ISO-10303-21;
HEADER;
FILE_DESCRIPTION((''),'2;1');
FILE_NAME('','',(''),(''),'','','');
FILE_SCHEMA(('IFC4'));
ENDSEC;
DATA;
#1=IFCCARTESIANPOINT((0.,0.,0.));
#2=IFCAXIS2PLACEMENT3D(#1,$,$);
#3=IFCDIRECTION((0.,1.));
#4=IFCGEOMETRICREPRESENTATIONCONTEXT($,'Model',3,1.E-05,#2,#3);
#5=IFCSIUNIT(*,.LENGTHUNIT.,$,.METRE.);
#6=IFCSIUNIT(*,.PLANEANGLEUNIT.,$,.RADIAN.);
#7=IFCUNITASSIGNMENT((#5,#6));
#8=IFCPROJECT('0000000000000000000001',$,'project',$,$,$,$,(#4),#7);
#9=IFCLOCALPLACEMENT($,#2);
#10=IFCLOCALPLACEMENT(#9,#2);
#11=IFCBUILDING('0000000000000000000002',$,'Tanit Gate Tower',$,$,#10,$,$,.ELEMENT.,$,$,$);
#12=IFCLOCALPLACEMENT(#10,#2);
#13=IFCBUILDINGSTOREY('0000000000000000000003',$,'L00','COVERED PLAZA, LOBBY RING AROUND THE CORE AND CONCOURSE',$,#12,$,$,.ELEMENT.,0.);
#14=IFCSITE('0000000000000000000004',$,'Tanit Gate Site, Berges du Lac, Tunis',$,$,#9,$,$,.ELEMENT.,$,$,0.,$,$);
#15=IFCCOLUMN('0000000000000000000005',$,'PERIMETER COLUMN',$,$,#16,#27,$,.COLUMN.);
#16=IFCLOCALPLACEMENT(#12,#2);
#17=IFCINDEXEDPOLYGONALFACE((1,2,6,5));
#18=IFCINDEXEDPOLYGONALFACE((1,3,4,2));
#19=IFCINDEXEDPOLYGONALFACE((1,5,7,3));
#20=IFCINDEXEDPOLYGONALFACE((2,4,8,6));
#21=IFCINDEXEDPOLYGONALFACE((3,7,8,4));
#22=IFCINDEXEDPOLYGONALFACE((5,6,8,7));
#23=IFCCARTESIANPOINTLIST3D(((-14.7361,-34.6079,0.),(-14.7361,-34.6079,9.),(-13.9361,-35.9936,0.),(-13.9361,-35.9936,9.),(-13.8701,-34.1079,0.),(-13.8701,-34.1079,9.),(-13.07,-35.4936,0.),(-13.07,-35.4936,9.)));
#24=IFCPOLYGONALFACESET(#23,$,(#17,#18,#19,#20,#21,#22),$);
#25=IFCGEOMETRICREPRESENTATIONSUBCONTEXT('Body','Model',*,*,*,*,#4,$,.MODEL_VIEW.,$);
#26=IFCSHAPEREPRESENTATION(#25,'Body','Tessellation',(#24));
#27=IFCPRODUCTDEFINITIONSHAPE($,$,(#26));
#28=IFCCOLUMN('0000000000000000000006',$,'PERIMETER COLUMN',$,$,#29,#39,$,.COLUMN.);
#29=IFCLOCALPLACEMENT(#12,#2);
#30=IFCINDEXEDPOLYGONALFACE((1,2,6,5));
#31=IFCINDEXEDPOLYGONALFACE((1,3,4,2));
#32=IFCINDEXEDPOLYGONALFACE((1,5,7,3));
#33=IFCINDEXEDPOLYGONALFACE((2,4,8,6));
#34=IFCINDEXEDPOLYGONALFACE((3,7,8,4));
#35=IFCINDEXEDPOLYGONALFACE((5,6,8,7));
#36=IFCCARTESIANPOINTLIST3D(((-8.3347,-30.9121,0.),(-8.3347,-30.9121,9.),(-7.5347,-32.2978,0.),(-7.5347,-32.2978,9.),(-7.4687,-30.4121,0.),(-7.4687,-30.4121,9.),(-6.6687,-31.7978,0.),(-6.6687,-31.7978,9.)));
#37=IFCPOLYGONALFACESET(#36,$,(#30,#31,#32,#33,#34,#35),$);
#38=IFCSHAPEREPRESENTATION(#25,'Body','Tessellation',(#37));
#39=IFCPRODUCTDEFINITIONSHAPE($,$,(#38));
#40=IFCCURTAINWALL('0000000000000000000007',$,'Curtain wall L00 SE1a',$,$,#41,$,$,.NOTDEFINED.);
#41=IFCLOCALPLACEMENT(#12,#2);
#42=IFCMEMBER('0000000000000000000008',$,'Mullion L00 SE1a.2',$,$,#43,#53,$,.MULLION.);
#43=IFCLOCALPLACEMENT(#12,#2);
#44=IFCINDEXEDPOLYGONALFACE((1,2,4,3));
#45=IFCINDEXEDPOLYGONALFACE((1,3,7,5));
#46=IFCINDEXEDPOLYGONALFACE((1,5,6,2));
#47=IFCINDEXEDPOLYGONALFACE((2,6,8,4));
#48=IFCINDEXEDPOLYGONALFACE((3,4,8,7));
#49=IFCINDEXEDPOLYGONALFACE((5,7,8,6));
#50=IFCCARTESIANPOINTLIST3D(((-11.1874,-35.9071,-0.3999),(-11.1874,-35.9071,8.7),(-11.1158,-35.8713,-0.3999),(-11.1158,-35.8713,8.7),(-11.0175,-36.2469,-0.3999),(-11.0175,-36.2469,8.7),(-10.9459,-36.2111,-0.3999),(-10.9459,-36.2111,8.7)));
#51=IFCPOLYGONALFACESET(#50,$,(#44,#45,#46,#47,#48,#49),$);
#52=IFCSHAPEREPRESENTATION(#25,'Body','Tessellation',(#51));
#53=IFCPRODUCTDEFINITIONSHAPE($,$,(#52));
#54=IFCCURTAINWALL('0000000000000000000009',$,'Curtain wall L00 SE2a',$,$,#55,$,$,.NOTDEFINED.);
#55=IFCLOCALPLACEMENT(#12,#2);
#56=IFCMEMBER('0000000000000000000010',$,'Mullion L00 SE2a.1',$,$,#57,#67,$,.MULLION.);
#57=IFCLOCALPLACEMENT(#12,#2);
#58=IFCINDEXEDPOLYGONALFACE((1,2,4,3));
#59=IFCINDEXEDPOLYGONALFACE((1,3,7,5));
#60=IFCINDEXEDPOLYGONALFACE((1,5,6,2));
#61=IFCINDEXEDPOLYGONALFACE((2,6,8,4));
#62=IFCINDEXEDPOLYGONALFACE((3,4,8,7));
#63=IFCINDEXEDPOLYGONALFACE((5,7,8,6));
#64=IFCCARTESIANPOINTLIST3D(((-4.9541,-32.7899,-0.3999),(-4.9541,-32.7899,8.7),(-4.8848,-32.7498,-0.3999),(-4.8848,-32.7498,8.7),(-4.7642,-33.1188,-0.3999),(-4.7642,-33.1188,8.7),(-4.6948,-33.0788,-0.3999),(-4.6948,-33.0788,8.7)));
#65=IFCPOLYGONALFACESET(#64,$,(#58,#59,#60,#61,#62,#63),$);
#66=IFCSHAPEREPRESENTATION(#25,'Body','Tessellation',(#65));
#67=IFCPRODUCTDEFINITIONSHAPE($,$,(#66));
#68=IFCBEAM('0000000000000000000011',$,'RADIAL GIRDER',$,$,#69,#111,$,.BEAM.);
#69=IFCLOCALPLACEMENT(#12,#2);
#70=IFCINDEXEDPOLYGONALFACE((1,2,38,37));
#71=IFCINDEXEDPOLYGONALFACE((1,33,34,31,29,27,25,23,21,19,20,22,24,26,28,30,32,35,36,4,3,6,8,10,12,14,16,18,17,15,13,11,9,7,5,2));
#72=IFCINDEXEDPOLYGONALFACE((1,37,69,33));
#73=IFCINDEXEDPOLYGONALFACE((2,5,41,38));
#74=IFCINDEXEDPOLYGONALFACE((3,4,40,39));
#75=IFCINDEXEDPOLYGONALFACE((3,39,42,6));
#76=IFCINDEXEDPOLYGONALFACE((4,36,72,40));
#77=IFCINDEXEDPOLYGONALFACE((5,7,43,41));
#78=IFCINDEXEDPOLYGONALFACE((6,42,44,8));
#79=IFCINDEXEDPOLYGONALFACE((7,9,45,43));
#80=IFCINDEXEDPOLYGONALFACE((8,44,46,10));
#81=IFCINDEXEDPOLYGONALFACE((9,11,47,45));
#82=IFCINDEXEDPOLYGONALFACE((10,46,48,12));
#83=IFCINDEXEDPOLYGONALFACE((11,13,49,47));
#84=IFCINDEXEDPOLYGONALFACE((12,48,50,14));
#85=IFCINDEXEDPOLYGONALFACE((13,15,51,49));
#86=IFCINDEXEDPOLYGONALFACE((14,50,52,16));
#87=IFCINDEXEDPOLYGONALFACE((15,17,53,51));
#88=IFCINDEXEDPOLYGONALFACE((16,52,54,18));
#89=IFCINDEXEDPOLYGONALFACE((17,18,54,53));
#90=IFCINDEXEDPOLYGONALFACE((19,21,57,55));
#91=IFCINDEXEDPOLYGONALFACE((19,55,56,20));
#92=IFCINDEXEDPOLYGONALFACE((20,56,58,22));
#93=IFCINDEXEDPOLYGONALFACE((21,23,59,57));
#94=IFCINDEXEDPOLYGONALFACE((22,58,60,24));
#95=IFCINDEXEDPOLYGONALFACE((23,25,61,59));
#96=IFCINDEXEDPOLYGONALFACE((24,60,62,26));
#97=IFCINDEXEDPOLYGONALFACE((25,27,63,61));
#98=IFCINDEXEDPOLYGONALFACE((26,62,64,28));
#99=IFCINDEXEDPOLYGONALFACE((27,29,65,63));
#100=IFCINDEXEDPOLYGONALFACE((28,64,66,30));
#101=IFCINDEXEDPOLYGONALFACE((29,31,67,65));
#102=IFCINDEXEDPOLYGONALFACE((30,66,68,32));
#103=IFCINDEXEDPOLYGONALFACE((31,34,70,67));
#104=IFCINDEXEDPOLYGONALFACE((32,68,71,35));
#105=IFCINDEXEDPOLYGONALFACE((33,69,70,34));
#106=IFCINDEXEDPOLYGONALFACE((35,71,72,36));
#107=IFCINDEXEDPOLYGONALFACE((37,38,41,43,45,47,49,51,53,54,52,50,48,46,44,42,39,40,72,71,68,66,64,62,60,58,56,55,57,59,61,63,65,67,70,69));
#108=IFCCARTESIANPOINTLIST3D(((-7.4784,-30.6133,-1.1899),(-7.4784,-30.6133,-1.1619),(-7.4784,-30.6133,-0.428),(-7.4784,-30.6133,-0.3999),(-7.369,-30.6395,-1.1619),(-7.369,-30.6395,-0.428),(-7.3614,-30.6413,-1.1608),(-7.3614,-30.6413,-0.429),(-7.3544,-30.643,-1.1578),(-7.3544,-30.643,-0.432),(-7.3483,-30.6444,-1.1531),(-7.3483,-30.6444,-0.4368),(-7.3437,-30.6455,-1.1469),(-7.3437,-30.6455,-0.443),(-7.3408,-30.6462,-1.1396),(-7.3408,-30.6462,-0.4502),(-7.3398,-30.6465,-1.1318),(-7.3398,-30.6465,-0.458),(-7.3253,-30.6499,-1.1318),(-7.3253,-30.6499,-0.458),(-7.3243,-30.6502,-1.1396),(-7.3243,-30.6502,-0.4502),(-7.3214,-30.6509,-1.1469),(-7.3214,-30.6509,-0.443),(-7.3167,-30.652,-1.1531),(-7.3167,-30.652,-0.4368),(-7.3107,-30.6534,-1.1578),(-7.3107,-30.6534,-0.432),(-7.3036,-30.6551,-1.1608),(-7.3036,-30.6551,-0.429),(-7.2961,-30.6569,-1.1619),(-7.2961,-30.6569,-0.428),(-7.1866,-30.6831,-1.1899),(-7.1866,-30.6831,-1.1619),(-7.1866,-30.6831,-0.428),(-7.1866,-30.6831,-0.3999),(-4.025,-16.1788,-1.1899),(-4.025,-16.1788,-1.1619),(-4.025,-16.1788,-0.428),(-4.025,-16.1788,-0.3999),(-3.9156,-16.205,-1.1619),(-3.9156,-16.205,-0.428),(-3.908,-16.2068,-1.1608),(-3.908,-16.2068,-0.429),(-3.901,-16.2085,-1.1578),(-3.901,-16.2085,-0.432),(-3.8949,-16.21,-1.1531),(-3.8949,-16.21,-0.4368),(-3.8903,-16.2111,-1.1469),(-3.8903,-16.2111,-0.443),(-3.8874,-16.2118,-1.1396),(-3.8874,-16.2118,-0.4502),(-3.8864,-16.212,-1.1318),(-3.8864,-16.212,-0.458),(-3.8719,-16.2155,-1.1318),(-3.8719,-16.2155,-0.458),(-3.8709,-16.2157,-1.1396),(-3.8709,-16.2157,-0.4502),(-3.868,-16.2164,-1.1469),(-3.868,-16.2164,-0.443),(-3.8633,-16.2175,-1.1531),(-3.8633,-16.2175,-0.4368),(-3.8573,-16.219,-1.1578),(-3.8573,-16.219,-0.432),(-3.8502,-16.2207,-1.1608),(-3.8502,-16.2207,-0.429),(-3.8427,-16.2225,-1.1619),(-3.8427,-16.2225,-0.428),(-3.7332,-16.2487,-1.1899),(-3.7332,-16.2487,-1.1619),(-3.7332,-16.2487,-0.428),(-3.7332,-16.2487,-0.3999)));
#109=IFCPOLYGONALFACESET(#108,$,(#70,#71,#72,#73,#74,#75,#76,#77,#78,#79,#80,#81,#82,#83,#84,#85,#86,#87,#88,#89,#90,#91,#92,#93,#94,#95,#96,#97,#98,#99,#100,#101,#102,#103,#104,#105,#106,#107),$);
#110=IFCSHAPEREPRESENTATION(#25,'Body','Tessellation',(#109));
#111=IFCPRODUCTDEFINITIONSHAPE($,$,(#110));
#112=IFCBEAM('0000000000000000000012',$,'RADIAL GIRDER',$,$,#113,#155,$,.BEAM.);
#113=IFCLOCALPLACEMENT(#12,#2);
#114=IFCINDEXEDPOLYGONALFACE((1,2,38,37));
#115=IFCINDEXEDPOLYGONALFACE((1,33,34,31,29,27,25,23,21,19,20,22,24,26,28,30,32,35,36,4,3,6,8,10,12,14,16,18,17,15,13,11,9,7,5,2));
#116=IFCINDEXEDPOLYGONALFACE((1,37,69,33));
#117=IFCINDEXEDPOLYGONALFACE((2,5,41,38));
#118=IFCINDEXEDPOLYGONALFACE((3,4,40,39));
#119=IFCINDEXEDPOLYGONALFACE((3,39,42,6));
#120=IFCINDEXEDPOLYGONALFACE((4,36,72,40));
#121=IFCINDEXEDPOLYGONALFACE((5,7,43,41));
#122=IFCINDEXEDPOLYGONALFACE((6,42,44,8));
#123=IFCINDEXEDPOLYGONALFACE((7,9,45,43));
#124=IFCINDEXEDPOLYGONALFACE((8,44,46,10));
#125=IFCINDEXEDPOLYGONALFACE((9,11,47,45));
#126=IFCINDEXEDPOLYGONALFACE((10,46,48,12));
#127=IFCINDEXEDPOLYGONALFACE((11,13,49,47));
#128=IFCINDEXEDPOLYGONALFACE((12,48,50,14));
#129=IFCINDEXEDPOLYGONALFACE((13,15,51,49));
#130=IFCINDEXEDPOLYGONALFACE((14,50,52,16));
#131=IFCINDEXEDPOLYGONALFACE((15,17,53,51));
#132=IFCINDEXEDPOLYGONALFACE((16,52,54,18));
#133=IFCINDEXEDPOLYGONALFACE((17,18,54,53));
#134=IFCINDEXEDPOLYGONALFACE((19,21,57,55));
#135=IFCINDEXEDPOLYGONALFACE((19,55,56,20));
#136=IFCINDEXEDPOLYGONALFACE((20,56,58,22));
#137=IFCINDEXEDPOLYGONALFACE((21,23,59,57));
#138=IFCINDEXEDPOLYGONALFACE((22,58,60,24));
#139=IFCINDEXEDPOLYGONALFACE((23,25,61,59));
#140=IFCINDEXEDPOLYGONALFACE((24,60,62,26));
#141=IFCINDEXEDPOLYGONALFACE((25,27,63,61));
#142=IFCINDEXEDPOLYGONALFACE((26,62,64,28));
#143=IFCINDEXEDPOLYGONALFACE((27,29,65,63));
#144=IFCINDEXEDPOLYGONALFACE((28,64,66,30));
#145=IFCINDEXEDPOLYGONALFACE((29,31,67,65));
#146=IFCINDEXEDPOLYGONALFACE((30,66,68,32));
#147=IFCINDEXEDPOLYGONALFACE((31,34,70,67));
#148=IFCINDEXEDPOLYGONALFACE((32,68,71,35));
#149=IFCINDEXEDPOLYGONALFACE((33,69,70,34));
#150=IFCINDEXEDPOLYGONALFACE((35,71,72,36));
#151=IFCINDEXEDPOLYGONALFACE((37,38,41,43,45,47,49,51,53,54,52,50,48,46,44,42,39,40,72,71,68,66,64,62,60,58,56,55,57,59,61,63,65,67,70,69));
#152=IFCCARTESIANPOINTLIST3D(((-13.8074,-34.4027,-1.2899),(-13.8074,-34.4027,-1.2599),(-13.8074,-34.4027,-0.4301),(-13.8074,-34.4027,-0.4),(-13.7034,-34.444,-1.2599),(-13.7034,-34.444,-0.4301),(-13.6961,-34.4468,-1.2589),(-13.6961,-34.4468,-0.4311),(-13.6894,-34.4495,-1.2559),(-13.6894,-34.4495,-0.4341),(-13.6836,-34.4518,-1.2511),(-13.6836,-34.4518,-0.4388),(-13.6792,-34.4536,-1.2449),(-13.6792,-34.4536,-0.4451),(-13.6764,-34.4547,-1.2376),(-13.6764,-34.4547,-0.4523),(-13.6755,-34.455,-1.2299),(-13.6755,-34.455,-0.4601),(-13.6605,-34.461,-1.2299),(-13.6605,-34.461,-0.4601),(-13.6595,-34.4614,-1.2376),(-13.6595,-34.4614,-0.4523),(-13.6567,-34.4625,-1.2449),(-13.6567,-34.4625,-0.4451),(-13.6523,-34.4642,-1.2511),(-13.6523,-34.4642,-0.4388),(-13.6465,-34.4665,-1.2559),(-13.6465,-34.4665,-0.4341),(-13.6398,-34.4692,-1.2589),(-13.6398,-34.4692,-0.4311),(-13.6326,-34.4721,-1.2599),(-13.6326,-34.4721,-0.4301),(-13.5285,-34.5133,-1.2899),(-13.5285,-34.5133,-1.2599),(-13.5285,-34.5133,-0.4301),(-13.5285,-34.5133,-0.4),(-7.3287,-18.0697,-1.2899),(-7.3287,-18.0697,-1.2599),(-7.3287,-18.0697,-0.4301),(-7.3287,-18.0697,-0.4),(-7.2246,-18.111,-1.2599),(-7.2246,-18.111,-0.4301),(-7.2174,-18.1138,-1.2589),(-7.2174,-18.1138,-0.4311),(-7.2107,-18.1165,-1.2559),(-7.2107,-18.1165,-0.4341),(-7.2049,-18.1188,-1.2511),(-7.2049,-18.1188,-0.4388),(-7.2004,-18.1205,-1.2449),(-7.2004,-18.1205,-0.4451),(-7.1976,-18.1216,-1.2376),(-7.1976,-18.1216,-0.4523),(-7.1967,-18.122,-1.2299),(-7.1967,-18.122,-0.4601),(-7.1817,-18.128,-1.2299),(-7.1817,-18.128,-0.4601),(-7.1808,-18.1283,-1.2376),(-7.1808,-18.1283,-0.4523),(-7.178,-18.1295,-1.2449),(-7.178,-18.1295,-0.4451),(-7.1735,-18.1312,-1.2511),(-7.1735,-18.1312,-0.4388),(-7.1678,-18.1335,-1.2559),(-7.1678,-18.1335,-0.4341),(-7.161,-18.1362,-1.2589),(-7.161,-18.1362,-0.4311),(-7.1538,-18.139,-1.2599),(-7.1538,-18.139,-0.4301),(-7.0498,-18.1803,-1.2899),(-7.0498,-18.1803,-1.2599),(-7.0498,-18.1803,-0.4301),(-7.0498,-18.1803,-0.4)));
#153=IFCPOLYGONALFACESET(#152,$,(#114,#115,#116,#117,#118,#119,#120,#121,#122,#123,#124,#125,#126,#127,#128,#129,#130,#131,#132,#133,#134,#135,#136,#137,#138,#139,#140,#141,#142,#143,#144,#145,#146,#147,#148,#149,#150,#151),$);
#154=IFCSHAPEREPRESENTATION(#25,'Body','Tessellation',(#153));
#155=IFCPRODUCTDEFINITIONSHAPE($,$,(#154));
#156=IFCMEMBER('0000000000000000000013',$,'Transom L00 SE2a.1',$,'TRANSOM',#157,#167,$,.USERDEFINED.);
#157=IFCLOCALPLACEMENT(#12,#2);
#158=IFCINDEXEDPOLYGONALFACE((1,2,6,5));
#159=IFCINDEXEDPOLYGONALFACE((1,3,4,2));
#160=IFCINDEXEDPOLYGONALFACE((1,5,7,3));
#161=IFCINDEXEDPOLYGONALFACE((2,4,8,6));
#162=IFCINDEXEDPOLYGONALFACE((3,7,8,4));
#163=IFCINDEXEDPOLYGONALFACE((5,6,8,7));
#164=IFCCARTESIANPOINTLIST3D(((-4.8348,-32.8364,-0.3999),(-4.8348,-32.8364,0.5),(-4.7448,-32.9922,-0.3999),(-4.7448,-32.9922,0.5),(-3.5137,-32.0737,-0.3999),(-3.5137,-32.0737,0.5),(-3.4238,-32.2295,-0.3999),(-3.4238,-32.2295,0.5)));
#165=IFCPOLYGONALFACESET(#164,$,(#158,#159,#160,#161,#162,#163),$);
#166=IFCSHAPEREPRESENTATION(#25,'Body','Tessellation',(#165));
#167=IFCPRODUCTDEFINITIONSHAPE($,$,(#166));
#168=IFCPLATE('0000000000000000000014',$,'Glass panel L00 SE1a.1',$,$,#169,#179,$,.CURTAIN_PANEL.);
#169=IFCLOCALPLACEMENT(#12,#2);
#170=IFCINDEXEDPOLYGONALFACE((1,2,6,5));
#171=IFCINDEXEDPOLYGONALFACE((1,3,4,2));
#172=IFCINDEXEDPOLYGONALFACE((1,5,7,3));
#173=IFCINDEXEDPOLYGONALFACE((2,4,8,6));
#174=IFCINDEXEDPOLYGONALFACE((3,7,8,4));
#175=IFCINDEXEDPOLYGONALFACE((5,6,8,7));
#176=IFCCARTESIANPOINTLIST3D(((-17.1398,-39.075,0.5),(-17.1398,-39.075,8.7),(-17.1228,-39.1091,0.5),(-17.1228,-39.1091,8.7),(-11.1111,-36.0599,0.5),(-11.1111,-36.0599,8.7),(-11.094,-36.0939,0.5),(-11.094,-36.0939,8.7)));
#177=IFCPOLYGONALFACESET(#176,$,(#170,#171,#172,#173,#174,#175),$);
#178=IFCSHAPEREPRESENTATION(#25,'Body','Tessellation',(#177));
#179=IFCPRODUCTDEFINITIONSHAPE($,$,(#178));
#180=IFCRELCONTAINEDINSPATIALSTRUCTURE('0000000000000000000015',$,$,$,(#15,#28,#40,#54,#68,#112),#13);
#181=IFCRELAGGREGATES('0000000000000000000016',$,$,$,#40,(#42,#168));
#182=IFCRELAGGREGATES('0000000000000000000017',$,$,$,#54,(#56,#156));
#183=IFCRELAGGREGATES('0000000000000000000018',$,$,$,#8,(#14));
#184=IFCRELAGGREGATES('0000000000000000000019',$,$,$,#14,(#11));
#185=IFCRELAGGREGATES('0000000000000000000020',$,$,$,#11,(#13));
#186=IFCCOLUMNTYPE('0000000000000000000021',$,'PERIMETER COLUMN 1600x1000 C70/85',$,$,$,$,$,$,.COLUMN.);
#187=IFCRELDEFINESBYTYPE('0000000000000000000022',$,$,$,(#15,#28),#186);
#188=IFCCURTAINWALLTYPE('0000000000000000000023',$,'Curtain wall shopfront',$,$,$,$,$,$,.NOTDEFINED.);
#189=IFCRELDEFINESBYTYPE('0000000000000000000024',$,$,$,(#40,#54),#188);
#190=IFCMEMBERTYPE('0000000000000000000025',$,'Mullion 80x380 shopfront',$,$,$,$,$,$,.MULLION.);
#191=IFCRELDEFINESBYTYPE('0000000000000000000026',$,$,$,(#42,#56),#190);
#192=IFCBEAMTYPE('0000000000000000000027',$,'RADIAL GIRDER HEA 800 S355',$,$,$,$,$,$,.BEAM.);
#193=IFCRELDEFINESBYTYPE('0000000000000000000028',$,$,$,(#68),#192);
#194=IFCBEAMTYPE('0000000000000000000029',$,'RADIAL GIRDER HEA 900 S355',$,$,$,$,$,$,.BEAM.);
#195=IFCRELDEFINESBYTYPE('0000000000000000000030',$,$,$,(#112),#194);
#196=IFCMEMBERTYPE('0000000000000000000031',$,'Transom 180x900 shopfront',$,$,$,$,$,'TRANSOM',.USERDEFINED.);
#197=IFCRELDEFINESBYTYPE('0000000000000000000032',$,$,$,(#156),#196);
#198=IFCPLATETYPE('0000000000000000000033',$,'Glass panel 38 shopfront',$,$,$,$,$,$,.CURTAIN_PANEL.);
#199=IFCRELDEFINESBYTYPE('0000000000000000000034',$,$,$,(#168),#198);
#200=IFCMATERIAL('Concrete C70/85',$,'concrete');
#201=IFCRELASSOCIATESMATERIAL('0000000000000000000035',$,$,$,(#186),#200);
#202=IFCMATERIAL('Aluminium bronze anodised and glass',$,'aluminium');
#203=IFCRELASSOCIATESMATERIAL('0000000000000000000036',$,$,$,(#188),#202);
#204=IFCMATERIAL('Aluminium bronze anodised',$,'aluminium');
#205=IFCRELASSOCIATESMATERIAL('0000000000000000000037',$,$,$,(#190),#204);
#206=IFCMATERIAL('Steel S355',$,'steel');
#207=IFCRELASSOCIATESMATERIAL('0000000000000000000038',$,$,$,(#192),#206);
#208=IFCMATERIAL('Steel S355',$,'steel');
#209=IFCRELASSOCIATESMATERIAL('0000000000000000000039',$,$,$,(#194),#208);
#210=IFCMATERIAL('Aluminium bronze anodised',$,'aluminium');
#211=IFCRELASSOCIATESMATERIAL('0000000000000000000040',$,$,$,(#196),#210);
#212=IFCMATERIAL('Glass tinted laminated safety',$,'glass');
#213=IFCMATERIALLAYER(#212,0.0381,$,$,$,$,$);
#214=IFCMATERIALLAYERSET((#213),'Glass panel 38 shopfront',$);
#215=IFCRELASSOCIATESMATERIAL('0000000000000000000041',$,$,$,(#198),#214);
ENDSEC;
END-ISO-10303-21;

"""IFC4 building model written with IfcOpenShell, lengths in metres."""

from ifc_helpers import new_model, si_unit, direction, frame, origin, origin_2d, place, context, subcontext, project, spatial, rectangle, i_section, extrude, material, layer, layer_set, material_profile, profile_set, type_object, element, aggregate, save


model = new_model("IFC4")

# Units and contexts
model_context = context("Model", 3, precision=1e-05, world=origin(), true_north=direction((0.0, 1.0)))
body_context = subcontext(model_context, "Body", "Model", "MODEL_VIEW")
ifc_project = project(units=[si_unit("LENGTHUNIT", "METRE"), si_unit("PLANEANGLEUNIT", "RADIAN")], contexts=[model_context])

# Site, building, storey
site_placement = place(None, origin())
site = spatial("IfcSite", under=ifc_project, at=site_placement, Name="Tanit Gate Site, Berges du Lac, Tunis", CompositionType="ELEMENT", RefElevation=0.0)
building_placement = place(site_placement, origin())
building = spatial("IfcBuilding", under=site, at=building_placement, Name="Tanit Gate Tower", CompositionType="ELEMENT")
storey_placement = place(building_placement, origin())
storey = spatial("IfcBuildingStorey", under=building, at=storey_placement, Name="L00", Description="COVERED PLAZA, LOBBY RING AROUND THE CORE AND CONCOURSE", CompositionType="ELEMENT", Elevation=0.0)

# Columns
ifc_material_1 = material(Name="Concrete C70/85", Category="concrete")
ifc_material_profile_1 = material_profile(ifc_material_1, rectangle(XDim=1.6001, YDim=1.0, at=origin_2d()), Name="RC 1600x1000")
ifc_profile_set_1 = profile_set([ifc_material_profile_1], Name="Concrete C70/85")
column_type = type_object("IfcColumnType", Name="PERIMETER COLUMN 1600x1000 C70/85", PredefinedType="COLUMN", material=ifc_profile_set_1)
for number, where, z_axis, x_axis, name in (
    (1, (-13.9031, -35.0508, 0.0), (0.0, 0.0, 1.0), (0.5, -0.866025, 0.0), "PERIMETER COLUMN"),
    (2, (-7.5017, -31.355, 0.0), (0.0, 0.0, 1.0), (0.5, -0.866025, 0.0), "PERIMETER COLUMN"),
):
    element("IfcColumn", number, at=place(storey_placement, frame(where, z_axis=z_axis, x_axis=x_axis)), inside=storey, type_object=column_type, Name=name, PredefinedType="COLUMN", context=body_context, shape_type="SweptSolid", body=[
        extrude(rectangle(XDim=1.6001, YDim=1.0, at=origin_2d()), origin(), (0.0, 0.0, 1.0), 9.0),
    ])

# Curtain walls, members
ifc_material_2 = material(Name="Aluminium bronze anodised and glass", Category="aluminium")
curtain_wall_type = type_object("IfcCurtainWallType", Name="Curtain wall shopfront", PredefinedType="NOTDEFINED", material=ifc_material_2)
curtain_wall_1_placement = place(storey_placement, origin())
curtain_wall_1 = element("IfcCurtainWall", 3, at=curtain_wall_1_placement, inside=storey, type_object=curtain_wall_type, Name="Curtain wall L00 SE1a", PredefinedType="NOTDEFINED")
ifc_material_3 = material(Name="Aluminium bronze anodised", Category="aluminium")
ifc_material_profile_2 = material_profile(ifc_material_3, rectangle(XDim=0.3799, YDim=0.0801, at=origin_2d()), Name="80x380 bronze mullion")
ifc_profile_set_2 = profile_set([ifc_material_profile_2], Name="Aluminium bronze anodised")
member_type_1 = type_object("IfcMemberType", Name="Mullion 80x380 shopfront", PredefinedType="MULLION", material=ifc_profile_set_2)
member_1_placement = place(storey_placement, frame((-11.0667, -36.0591, -0.3999), z_axis=(0.0, 0.0, 1.0), x_axis=(-0.447307, 0.894381, 0.0)))
member_1 = element("IfcMember", 4, at=member_1_placement, type_object=member_type_1, Name="Mullion L00 SE1a.2", PredefinedType="MULLION", context=body_context, shape_type="SweptSolid", body=[
    extrude(rectangle(XDim=0.3799, YDim=0.0801, at=origin_2d()), origin(), (0.0, 0.0, 1.0), 9.0999),
])
curtain_wall_2_placement = place(storey_placement, origin())
curtain_wall_2 = element("IfcCurtainWall", 5, at=curtain_wall_2_placement, inside=storey, type_object=curtain_wall_type, Name="Curtain wall L00 SE2a", PredefinedType="NOTDEFINED")
member_2_placement = place(storey_placement, frame((-4.8245, -32.9343, -0.3999), z_axis=(0.0, 0.0, 1.0), x_axis=(-0.50006, 0.865991, 0.0)))
member_2 = element("IfcMember", 6, at=member_2_placement, type_object=member_type_1, Name="Mullion L00 SE2a.1", PredefinedType="MULLION", context=body_context, shape_type="SweptSolid", body=[
    extrude(rectangle(XDim=0.3799, YDim=0.0801, at=origin_2d()), origin(), (0.0, 0.0, 1.0), 9.0999),
])

# Beams
ifc_material_4 = material(Name="Steel S355", Category="steel")
ifc_material_profile_3 = material_profile(ifc_material_4, i_section(OverallWidth=0.3, OverallDepth=0.79, WebThickness=0.0149, FlangeThickness=0.0281, FilletRadius=0.03, at=origin_2d()), Name="HEA 800")
ifc_profile_set_3 = profile_set([ifc_material_profile_3], Name="Steel S355")
beam_type_1 = type_object("IfcBeamType", Name="RADIAL GIRDER HEA 800 S355", PredefinedType="BEAM", material=ifc_profile_set_3)
beam_1_placement = place(storey_placement, frame((-7.3325, -30.6482, -0.7949), z_axis=(0.23268, 0.972553, 0.0), x_axis=(-0.972553, 0.23268, 0.0)))
element("IfcBeam", 7, at=beam_1_placement, inside=storey, type_object=beam_type_1, Name="RADIAL GIRDER", PredefinedType="BEAM", context=body_context, shape_type="SweptSolid", body=[
    extrude(i_section(OverallWidth=0.3, OverallDepth=0.79, WebThickness=0.0149, FlangeThickness=0.0281, FilletRadius=0.03, at=origin_2d()), origin(), (0.0, 0.0, 1.0), 14.8418),
])
ifc_material_5 = material(Name="Steel S355", Category="steel")
ifc_material_profile_4 = material_profile(ifc_material_5, i_section(OverallWidth=0.3, OverallDepth=0.8899, WebThickness=0.0161, FlangeThickness=0.03, FilletRadius=0.03, at=origin_2d()), Name="HEA 900")
ifc_profile_set_4 = profile_set([ifc_material_profile_4], Name="Steel S355")
beam_type_2 = type_object("IfcBeamType", Name="RADIAL GIRDER HEA 900 S355", PredefinedType="BEAM", material=ifc_profile_set_4)
beam_2_placement = place(storey_placement, frame((-13.668, -34.458, -0.845), z_axis=(0.368718, 0.929541, 0.0), x_axis=(-0.929541, 0.368718, 0.0)))
element("IfcBeam", 8, at=beam_2_placement, inside=storey, type_object=beam_type_2, Name="RADIAL GIRDER", PredefinedType="BEAM", context=body_context, shape_type="SweptSolid", body=[
    extrude(i_section(OverallWidth=0.3, OverallDepth=0.8899, WebThickness=0.0161, FlangeThickness=0.03, FilletRadius=0.03, at=origin_2d()), origin(), (0.0, 0.0, 1.0), 17.571),
])

# Member
ifc_material_6 = material(Name="Aluminium bronze anodised", Category="aluminium")
ifc_material_profile_5 = material_profile(ifc_material_6, rectangle(XDim=0.1799, YDim=0.8999, at=origin_2d()), Name="180x900 bronze transom")
ifc_profile_set_5 = profile_set([ifc_material_profile_5], Name="Aluminium bronze anodised")
member_type_2 = type_object("IfcMemberType", Name="Transom 180x900 shopfront", ElementType="TRANSOM", PredefinedType="USERDEFINED", material=ifc_profile_set_5)
member_3_placement = place(storey_placement, frame((-4.7898, -32.9143, 0.05), z_axis=(0.866028, 0.499995, 0.0), x_axis=(-0.499995, 0.866028, 0.0)))
member_3 = element("IfcMember", 9, at=member_3_placement, type_object=member_type_2, Name="Transom L00 SE2a.1", ObjectType="TRANSOM", PredefinedType="USERDEFINED", context=body_context, shape_type="SweptSolid", body=[
    extrude(rectangle(XDim=0.1799, YDim=0.8999, at=origin_2d()), origin(), (0.0, 0.0, 1.0), 1.5254),
])

# Plate
ifc_material_7 = material(Name="Glass tinted laminated safety", Category="glass")
ifc_layer_1 = layer(ifc_material_7, 0.0381)
ifc_layer_set_1 = layer_set([ifc_layer_1], Name="Glass panel 38 shopfront")
plate_type = type_object("IfcPlateType", Name="Glass panel 38 shopfront", PredefinedType="CURTAIN_PANEL", material=ifc_layer_set_1)
plate_1_placement = place(storey_placement, frame((-14.1169, -37.5845, 0.5), z_axis=(0.0, 0.0, 1.0), x_axis=(0.894381, 0.447307, 0.0)))
plate_1 = element("IfcPlate", 10, at=plate_1_placement, type_object=plate_type, Name="Glass panel L00 SE1a.1", PredefinedType="CURTAIN_PANEL", context=body_context, shape_type="SweptSolid", body=[
    extrude(rectangle(XDim=6.7407, YDim=0.0381, at=origin_2d()), origin(), (0.0, 0.0, 1.0), 8.2),
])
aggregate(curtain_wall_1, [member_1, plate_1])
aggregate(curtain_wall_2, [member_2, member_3])

save(model, "model.ifc")
